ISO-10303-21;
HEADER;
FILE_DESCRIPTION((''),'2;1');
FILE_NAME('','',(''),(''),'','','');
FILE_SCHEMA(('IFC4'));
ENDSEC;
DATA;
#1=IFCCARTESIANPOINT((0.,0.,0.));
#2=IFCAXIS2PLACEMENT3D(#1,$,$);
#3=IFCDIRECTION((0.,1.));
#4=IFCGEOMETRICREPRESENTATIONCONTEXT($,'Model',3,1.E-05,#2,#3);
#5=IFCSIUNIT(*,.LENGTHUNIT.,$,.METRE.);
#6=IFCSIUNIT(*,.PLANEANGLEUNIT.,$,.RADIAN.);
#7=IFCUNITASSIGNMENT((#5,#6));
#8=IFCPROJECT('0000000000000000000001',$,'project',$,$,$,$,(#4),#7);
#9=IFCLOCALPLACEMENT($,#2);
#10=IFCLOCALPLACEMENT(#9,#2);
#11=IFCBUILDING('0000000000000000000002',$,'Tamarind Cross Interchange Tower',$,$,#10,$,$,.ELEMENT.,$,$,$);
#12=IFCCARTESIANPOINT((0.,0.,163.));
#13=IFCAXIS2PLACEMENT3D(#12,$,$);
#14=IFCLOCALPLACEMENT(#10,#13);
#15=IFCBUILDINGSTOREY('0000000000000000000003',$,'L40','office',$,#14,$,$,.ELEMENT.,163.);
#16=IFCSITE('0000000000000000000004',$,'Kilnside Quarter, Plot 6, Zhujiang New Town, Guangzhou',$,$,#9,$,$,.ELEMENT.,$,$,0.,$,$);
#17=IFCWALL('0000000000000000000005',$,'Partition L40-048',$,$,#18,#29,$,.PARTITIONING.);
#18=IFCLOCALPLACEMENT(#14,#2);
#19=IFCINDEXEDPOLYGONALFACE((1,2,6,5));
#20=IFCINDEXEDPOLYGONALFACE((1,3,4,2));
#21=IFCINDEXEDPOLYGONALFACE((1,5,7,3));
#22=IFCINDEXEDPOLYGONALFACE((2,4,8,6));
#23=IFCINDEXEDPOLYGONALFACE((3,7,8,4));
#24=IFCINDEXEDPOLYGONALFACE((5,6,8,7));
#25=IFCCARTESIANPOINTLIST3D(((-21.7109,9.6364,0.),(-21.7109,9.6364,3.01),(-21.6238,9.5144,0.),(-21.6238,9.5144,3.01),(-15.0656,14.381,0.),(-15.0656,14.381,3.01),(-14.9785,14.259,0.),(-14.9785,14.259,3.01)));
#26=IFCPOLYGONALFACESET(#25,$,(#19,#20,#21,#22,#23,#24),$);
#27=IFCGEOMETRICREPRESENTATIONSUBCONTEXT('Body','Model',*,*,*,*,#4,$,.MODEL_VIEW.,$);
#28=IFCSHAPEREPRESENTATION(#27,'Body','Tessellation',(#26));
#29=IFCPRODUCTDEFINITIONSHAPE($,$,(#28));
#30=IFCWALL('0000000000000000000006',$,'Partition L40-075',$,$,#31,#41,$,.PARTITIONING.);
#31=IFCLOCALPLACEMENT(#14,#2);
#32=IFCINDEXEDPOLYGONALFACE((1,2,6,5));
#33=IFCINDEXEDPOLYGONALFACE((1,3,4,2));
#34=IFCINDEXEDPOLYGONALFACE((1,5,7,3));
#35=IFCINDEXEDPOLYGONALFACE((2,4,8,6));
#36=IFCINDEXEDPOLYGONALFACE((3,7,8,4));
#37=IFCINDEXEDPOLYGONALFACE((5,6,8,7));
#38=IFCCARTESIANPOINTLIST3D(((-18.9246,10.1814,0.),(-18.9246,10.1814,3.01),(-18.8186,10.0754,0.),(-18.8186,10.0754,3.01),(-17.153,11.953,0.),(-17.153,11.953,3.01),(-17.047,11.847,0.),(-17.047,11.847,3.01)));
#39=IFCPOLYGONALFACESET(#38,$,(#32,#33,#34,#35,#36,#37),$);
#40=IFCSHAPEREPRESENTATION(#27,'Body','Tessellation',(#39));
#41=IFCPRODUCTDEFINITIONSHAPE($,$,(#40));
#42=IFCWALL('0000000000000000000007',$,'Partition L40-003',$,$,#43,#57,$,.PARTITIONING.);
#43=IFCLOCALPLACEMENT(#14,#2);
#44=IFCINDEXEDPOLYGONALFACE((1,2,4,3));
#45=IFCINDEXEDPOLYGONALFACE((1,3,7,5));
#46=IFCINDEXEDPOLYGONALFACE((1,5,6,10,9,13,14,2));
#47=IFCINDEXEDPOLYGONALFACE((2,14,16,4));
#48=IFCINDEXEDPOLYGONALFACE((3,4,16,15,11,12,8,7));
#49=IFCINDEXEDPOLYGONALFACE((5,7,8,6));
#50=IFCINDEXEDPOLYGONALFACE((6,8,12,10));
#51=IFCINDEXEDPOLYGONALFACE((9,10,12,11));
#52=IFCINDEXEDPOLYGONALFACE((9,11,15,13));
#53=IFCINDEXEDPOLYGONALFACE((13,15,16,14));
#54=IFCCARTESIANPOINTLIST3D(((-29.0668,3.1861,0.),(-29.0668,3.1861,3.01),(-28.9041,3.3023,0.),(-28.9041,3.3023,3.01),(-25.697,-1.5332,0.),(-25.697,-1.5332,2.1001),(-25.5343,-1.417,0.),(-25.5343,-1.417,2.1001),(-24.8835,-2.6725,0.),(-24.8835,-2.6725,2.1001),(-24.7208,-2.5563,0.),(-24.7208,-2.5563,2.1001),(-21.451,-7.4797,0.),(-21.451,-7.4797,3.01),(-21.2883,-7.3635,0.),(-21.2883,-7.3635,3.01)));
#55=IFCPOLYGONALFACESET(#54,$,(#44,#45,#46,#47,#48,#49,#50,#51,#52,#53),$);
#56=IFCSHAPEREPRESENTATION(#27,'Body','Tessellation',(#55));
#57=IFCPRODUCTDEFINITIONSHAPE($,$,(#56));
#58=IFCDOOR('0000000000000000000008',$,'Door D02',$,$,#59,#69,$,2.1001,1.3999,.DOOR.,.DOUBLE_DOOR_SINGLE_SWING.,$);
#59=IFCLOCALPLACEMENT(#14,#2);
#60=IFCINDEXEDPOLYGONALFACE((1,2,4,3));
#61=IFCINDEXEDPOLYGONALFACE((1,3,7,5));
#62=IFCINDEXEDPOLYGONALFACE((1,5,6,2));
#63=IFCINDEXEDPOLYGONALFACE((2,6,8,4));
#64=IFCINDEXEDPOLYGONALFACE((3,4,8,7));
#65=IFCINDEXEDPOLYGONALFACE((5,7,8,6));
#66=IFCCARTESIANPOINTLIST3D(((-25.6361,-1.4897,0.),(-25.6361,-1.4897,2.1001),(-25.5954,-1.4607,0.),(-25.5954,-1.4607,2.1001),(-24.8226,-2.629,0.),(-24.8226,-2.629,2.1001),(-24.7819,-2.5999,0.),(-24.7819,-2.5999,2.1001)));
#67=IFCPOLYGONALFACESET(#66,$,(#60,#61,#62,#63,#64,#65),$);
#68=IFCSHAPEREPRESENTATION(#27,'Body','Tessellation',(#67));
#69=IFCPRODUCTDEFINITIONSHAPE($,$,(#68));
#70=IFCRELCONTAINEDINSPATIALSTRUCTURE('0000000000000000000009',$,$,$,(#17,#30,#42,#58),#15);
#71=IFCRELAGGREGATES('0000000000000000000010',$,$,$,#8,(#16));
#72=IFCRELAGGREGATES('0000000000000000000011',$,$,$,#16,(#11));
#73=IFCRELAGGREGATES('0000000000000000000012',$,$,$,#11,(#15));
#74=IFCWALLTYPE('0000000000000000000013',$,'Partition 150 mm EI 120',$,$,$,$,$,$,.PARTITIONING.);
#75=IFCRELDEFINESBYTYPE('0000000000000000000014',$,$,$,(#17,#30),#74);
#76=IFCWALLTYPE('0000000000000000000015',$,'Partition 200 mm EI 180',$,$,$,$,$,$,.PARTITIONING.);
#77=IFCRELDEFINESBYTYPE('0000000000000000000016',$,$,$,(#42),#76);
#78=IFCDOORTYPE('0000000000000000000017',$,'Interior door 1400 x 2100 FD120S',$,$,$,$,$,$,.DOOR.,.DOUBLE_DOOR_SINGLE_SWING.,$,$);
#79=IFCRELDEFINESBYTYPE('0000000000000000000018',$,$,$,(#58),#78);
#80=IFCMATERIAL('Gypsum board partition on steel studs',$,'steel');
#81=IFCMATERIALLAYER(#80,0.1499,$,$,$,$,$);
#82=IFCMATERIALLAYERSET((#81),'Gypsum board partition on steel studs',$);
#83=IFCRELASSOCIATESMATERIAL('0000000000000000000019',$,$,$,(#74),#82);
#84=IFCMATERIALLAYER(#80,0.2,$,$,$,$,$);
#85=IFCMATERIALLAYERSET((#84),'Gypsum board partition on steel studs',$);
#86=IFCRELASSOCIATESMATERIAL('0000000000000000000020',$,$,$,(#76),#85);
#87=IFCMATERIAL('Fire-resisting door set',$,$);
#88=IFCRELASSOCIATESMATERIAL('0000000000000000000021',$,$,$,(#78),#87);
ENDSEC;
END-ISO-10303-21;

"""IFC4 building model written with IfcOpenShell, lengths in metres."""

from ifc_helpers import new_model, si_unit, direction, frame, frame_2d, origin, place, context, subcontext, project, spatial, rectangle, extrude, material, layer, layer_set, type_object, element, fill, save


model = new_model("IFC4")

# Units and contexts
model_context = context("Model", 3, precision=1e-05, world=origin(), true_north=direction((0.0, 1.0)))
body_context = subcontext(model_context, "Body", "Model", "MODEL_VIEW")
ifc_project = project(units=[si_unit("LENGTHUNIT", "METRE"), si_unit("PLANEANGLEUNIT", "RADIAN")], contexts=[model_context])

# Site, building, storey
site_placement = place(None, origin())
site = spatial("IfcSite", under=ifc_project, at=site_placement, Name="Kilnside Quarter, Plot 6, Zhujiang New Town, Guangzhou", CompositionType="ELEMENT", RefElevation=0.0)
building_placement = place(site_placement, origin())
building = spatial("IfcBuilding", under=site, at=building_placement, Name="Tamarind Cross Interchange Tower", CompositionType="ELEMENT")
storey_placement = place(building_placement, frame((0.0, 0.0, 163.0)))
storey = spatial("IfcBuildingStorey", under=building, at=storey_placement, Name="L40", Description="office", CompositionType="ELEMENT", Elevation=163.0)

# Shared definitions
ifc_material_1 = material(Name="Gypsum board partition on steel studs", Category="steel")
ifc_layer_1 = layer(ifc_material_1, 0.1499)
ifc_layer_set_1 = layer_set([ifc_layer_1], Name="Gypsum board partition on steel studs")
wall_type_1 = type_object("IfcWallType", Name="Partition 150 mm EI 120", PredefinedType="PARTITIONING", material=ifc_layer_set_1)
ifc_material_2 = material(Name="Fire-resisting door set")

# Walls
wall_1_placement = place(storey_placement, frame((-21.6672, 9.5754, 0.0), z_axis=(0.0, 0.0, 1.0), x_axis=(0.813849, 0.581077, 0.0)))
element("IfcWall", 1, at=wall_1_placement, inside=storey, type_object=wall_type_1, Name="Partition L40-048", PredefinedType="PARTITIONING", context=body_context, shape_type="SweptSolid", body=[
    extrude(rectangle(XDim=8.1653, YDim=0.1499, at=frame_2d((4.0825, 0.0))), origin(), (0.0, 0.0, 1.0), 3.01),
])
wall_2_placement = place(storey_placement, frame((-18.8716, 10.1284, 0.0), z_axis=(0.0, 0.0, 1.0), x_axis=(0.707107, 0.707107, 0.0)))
element("IfcWall", 2, at=wall_2_placement, inside=storey, type_object=wall_type_1, Name="Partition L40-075", PredefinedType="PARTITIONING", context=body_context, shape_type="SweptSolid", body=[
    extrude(rectangle(XDim=2.5054, YDim=0.1499, at=frame_2d((1.2527, 0.0))), origin(), (0.0, 0.0, 1.0), 3.01),
])

# Wall, opening, door
ifc_layer_2 = layer(ifc_material_1, 0.2)
ifc_layer_set_2 = layer_set([ifc_layer_2], Name="Gypsum board partition on steel studs")
wall_type_2 = type_object("IfcWallType", Name="Partition 200 mm EI 180", PredefinedType="PARTITIONING", material=ifc_layer_set_2)
wall_3_placement = place(storey_placement, frame((-28.9854, 3.2441, 0.0), z_axis=(0.0, 0.0, 1.0), x_axis=(0.581102, -0.81383, 0.0)))
wall_3 = element("IfcWall", 3, at=wall_3_placement, inside=storey, type_object=wall_type_2, Name="Partition L40-003", PredefinedType="PARTITIONING", context=body_context, shape_type="SweptSolid", body=[
    extrude(rectangle(XDim=13.1057, YDim=0.2, at=frame_2d((6.5527, 0.0))), origin(), (0.0, 0.0, 1.0), 3.01),
])
opening_1_placement = place(wall_3_placement, frame((5.7988, 0.0, 0.0)))
opening_1 = element("IfcOpeningElement", 4, at=opening_1_placement, cuts=wall_3, PredefinedType="OPENING", context=body_context, shape_type="SweptSolid", body=[
    extrude(rectangle(XDim=1.3999, YDim=2.1001, at=frame_2d((0.7, 1.05))), frame((0.0, 0.1099, 0.0), z_axis=(0.0, -1.0, 0.0), x_axis=(1.0, 0.0, 0.0)), (0.0, 0.0, 1.0), 0.22),
])
door_type_1 = type_object("IfcDoorType", Name="Interior door 1400 x 2100 FD120S", OperationType="DOUBLE_DOOR_SINGLE_SWING", PredefinedType="DOOR", material=ifc_material_2)
door_1_placement = place(opening_1_placement, origin())
door_1 = element("IfcDoor", 5, at=door_1_placement, inside=storey, type_object=door_type_1, Name="Door D02", OperationType="DOUBLE_DOOR_SINGLE_SWING", OverallHeight=2.1001, OverallWidth=1.3999, PredefinedType="DOOR", context=body_context, shape_type="SweptSolid", body=[
    extrude(rectangle(XDim=1.3999, YDim=2.1001, at=frame_2d((0.7, 1.05))), frame((0.0, 0.0249, 0.0), z_axis=(0.0, -1.0, 0.0), x_axis=(1.0, 0.0, 0.0)), (0.0, 0.0, 1.0), 0.05),
])
fill(opening_1, door_1)

save(model, "model.ifc")
